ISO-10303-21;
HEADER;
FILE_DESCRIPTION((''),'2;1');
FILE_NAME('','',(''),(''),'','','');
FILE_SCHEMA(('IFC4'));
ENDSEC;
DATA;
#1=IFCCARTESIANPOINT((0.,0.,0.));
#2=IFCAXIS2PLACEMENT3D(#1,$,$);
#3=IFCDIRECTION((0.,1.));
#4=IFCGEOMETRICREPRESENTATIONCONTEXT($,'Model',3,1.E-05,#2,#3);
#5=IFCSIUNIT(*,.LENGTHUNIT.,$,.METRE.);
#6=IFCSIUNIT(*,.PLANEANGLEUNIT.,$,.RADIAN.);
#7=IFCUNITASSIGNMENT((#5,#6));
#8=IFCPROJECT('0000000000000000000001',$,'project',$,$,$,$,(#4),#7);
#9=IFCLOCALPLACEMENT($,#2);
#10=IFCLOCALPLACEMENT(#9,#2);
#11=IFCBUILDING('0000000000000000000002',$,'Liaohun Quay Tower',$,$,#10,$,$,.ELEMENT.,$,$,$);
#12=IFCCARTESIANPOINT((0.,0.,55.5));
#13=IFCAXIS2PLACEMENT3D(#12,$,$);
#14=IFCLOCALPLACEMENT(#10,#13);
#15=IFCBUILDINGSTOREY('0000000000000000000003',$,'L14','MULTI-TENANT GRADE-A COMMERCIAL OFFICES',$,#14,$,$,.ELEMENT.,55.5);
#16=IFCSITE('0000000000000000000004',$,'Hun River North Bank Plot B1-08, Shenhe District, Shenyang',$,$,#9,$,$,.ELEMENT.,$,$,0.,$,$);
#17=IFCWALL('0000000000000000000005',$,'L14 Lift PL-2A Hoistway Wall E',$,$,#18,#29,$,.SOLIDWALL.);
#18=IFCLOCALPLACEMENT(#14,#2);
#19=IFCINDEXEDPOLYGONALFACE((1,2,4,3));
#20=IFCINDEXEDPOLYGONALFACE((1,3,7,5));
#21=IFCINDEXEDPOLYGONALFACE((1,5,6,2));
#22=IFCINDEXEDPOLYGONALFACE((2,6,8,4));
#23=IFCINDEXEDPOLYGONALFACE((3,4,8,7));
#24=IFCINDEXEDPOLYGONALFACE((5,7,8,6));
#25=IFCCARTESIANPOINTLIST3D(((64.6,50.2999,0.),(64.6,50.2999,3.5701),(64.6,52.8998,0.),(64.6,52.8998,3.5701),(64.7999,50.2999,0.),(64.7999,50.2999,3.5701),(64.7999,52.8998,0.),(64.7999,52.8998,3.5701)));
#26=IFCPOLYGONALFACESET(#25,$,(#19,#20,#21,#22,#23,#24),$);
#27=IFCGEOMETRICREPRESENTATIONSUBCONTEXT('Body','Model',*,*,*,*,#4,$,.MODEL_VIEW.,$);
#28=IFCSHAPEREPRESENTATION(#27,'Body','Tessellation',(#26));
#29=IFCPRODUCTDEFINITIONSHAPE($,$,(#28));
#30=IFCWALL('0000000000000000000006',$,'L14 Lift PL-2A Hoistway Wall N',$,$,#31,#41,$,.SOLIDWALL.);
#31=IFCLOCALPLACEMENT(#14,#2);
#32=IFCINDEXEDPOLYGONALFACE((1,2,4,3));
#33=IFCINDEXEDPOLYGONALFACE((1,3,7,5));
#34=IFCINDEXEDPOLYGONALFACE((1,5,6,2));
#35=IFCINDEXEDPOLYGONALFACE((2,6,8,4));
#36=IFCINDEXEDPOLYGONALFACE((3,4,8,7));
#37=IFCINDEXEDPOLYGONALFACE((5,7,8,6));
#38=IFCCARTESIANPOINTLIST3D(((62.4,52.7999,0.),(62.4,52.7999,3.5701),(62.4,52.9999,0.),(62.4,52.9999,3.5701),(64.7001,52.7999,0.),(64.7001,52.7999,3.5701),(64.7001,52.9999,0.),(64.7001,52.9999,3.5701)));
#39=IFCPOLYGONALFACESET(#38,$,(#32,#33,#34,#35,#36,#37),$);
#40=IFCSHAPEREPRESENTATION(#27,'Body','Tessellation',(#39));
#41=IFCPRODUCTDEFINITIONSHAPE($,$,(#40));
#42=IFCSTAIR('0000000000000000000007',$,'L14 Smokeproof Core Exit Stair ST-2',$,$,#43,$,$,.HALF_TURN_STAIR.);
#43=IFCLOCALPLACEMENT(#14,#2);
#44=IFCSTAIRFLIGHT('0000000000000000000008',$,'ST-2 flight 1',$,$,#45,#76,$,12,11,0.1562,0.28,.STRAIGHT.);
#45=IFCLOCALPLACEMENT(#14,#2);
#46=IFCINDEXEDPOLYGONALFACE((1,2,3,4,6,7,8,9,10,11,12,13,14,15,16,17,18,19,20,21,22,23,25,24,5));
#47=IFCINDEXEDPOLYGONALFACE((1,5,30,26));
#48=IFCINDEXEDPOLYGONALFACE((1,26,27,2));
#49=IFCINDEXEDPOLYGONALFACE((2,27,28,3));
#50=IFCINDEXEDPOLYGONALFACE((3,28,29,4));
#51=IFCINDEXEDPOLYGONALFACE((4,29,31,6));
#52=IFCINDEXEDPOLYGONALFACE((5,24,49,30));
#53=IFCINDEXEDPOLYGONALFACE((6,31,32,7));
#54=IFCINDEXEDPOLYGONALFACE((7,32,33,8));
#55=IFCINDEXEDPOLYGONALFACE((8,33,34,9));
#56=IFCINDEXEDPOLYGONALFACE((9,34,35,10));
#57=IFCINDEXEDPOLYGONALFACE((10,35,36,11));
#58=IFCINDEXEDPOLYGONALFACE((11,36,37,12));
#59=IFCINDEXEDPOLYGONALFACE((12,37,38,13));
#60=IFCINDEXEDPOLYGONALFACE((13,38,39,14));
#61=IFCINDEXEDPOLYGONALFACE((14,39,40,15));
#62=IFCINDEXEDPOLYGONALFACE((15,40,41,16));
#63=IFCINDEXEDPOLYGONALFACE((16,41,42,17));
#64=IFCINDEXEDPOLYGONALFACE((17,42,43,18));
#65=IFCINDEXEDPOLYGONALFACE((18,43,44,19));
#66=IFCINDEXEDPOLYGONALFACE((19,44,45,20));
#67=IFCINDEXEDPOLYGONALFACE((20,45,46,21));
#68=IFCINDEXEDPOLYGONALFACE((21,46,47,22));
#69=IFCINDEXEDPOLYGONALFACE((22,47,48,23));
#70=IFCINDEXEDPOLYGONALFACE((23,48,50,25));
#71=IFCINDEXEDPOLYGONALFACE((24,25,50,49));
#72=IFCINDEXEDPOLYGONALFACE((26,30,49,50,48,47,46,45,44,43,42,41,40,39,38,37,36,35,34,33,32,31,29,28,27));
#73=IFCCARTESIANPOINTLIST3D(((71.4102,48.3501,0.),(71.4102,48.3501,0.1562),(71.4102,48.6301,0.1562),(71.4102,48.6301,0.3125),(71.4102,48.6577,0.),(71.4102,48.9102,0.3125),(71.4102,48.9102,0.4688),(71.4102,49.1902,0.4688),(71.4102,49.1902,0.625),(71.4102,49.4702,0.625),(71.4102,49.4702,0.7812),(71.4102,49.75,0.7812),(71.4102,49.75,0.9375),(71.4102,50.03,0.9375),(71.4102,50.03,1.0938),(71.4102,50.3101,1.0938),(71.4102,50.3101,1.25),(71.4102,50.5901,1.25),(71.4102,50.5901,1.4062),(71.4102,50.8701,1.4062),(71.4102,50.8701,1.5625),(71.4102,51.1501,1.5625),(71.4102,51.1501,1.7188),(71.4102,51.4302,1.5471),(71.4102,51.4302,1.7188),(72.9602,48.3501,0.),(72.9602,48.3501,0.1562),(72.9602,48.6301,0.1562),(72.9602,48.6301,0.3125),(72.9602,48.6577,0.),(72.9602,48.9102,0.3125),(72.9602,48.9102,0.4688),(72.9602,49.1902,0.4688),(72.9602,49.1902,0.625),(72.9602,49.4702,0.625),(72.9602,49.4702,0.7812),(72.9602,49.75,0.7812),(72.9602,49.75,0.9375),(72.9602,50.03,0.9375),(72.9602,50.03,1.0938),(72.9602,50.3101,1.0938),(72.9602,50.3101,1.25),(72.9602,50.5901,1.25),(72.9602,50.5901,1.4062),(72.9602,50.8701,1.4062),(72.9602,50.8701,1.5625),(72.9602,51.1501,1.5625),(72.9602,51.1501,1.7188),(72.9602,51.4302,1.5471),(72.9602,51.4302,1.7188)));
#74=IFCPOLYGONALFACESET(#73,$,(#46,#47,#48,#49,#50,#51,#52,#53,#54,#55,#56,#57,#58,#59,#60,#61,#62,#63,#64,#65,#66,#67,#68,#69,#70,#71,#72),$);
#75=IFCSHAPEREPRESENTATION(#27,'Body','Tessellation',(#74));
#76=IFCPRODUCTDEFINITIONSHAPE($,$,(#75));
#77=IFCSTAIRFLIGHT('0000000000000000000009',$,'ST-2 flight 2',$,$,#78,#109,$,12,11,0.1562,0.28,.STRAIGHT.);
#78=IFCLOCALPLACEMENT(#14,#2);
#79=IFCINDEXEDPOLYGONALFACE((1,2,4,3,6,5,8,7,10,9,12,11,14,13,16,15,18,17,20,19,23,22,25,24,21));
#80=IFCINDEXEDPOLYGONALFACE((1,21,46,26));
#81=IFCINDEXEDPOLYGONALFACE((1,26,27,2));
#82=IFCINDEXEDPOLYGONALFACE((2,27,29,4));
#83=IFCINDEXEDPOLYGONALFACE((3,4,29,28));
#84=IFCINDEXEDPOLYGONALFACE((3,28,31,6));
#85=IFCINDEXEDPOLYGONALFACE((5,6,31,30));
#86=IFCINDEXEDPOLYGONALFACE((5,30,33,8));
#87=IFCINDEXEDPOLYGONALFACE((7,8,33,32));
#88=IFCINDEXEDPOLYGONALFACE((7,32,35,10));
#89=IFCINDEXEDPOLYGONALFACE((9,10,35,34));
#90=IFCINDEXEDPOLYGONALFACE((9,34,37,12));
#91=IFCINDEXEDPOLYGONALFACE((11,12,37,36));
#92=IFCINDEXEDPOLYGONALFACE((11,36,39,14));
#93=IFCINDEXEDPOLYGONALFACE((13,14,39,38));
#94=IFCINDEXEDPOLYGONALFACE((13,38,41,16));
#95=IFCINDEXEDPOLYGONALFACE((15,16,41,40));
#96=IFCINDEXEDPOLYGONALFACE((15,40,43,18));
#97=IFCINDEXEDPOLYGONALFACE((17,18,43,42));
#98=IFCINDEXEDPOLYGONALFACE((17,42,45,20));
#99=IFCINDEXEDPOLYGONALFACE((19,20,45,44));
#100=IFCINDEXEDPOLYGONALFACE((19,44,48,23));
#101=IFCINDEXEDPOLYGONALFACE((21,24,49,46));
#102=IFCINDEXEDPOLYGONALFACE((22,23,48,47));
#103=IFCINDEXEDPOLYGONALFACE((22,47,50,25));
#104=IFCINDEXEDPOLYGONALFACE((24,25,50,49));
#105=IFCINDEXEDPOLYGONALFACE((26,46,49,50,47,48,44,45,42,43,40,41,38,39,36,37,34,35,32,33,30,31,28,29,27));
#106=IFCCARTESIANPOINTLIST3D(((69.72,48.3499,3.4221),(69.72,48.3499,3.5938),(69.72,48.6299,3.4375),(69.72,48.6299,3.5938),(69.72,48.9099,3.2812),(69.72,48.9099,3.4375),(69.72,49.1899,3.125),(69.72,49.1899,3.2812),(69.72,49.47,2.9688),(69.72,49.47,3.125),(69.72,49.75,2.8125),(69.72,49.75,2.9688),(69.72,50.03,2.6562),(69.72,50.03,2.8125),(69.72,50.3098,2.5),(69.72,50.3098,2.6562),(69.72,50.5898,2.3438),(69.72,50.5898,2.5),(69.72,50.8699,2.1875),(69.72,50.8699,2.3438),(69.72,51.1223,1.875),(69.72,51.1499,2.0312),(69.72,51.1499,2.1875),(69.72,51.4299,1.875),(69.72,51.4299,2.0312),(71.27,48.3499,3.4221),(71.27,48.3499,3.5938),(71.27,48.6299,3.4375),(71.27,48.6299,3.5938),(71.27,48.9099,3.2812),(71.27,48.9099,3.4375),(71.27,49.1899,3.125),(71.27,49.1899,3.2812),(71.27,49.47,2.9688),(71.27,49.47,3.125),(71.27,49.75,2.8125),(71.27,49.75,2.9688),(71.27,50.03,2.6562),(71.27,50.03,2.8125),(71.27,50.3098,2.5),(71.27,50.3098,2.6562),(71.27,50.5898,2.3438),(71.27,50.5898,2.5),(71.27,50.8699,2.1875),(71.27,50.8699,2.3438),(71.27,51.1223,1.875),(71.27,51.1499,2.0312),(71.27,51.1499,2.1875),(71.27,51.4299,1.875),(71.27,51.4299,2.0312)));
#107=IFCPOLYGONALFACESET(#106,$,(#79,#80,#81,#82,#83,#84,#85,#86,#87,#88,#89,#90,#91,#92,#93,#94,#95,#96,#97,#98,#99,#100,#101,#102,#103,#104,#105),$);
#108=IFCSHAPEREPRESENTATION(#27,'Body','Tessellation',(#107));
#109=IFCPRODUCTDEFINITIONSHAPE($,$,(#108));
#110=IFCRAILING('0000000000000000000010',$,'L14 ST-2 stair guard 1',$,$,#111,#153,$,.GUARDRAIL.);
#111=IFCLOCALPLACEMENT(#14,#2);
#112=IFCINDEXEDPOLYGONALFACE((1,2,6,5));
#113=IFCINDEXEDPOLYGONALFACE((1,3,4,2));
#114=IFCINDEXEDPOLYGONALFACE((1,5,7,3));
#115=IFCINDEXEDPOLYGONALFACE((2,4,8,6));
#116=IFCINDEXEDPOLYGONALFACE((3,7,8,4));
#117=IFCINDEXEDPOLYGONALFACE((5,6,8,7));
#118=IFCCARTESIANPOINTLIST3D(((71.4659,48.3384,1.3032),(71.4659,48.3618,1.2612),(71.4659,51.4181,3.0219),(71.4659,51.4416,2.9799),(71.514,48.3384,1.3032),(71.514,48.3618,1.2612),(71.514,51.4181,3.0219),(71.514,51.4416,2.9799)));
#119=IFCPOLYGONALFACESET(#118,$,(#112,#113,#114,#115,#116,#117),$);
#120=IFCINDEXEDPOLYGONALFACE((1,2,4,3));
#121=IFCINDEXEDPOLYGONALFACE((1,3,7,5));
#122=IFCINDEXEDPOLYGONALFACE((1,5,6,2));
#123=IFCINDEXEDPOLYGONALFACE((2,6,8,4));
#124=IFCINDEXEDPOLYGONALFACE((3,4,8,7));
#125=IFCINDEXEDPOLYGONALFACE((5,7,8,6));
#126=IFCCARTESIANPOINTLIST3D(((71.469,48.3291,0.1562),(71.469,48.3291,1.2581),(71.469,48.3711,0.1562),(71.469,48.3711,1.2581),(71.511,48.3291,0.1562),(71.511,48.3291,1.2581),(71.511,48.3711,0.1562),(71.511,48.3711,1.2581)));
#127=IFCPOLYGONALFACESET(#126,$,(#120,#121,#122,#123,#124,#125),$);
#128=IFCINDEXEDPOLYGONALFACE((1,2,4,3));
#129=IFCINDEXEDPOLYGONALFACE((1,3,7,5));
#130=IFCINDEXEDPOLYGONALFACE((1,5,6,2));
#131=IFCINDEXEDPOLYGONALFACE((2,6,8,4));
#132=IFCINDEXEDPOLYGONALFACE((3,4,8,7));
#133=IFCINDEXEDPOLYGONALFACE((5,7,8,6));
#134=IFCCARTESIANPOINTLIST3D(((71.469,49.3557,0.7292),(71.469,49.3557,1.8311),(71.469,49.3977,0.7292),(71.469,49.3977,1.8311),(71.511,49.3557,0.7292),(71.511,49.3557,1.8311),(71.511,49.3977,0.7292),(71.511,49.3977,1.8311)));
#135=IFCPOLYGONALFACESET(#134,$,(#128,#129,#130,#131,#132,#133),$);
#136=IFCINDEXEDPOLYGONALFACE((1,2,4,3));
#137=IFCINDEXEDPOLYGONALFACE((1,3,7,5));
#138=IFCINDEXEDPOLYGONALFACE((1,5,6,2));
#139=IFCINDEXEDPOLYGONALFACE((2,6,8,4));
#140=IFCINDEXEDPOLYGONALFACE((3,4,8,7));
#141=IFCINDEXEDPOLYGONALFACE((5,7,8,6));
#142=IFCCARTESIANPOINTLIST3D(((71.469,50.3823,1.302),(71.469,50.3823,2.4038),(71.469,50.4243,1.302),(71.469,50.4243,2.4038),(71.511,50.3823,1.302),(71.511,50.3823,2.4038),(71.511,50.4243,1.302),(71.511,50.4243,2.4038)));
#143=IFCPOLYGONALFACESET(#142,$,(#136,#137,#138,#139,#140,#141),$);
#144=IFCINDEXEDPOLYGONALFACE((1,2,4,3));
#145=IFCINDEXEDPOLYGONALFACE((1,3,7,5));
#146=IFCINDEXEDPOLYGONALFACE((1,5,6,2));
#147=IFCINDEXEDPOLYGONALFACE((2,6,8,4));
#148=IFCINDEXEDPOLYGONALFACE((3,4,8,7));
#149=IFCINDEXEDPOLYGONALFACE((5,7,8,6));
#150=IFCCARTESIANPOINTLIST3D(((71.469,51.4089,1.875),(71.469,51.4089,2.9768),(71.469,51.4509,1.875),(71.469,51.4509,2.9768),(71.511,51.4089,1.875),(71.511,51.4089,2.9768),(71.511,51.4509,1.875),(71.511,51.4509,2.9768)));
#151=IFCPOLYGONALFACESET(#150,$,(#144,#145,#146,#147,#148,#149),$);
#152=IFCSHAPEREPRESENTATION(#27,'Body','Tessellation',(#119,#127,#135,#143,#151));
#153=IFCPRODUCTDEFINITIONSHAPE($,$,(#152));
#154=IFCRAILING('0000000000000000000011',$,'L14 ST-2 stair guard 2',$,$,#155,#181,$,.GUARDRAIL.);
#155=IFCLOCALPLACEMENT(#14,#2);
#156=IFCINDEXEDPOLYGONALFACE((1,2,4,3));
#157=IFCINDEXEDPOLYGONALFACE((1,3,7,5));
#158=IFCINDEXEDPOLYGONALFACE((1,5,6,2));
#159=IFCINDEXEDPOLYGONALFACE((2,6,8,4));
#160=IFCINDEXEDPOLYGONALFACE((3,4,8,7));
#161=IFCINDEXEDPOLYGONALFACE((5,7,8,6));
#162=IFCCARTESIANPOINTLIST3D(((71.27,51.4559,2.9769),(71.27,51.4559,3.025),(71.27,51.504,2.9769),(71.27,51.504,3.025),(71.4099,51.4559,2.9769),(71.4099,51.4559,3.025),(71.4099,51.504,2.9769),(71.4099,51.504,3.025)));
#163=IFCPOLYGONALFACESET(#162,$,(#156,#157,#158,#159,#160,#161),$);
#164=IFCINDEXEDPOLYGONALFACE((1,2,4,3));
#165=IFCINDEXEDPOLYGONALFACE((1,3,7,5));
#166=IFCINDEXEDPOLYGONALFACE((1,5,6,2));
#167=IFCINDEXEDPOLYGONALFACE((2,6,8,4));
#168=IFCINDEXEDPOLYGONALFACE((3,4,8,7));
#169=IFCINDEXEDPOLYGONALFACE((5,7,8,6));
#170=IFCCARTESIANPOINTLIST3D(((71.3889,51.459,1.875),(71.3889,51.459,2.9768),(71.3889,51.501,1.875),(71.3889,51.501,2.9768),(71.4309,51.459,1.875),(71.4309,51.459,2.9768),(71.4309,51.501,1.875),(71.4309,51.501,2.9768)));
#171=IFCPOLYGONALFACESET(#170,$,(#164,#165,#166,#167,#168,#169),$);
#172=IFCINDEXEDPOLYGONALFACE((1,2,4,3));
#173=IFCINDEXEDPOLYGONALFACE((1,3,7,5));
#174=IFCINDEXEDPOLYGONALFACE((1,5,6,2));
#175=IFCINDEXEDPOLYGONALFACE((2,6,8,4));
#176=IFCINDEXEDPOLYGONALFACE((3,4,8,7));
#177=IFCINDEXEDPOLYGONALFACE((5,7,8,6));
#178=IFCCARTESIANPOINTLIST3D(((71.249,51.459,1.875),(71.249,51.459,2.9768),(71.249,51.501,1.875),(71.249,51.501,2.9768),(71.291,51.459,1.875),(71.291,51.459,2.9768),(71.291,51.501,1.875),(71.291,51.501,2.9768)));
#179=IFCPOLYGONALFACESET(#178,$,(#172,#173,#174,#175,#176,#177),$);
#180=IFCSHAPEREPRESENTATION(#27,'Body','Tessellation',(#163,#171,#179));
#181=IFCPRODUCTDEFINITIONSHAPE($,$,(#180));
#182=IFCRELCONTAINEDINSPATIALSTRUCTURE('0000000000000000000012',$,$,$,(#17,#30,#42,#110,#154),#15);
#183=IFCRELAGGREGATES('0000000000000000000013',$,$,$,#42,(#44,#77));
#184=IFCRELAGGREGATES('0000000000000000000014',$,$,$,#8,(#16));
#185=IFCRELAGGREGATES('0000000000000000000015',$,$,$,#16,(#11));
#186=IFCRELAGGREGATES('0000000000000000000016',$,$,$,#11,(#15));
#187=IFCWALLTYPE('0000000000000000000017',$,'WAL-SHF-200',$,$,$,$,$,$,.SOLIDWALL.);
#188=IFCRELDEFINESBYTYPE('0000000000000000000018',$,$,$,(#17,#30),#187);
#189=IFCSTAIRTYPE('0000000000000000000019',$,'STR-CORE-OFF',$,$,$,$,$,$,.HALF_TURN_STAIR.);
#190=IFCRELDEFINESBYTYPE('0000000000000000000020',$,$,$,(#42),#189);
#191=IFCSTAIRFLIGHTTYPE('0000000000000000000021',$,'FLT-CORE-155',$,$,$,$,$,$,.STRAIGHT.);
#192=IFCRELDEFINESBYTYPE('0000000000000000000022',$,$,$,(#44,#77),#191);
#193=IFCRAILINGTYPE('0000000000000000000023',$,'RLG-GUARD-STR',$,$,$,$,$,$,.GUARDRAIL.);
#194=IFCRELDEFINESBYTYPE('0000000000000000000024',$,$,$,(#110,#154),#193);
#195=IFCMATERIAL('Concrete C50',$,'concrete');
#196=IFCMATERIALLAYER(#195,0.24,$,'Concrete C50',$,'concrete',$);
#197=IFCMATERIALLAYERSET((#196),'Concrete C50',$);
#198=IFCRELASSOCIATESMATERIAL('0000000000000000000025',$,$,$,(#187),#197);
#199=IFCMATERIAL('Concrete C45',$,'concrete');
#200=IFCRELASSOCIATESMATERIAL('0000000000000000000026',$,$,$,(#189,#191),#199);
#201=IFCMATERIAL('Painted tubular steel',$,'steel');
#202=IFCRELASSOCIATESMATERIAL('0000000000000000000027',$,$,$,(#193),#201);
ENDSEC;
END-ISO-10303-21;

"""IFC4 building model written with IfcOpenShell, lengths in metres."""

from ifc_helpers import new_model, si_unit, direction, frame, frame_2d, origin, origin_2d, place, context, subcontext, project, spatial, polyline, rectangle, outline, extrude, material, layer, layer_set, type_object, element, aggregate, save


model = new_model("IFC4")

# Units and contexts
model_context = context("Model", 3, precision=1e-05, world=origin(), true_north=direction((0.0, 1.0)))
body_context = subcontext(model_context, "Body", "Model", "MODEL_VIEW")
ifc_project = project(units=[si_unit("LENGTHUNIT", "METRE"), si_unit("PLANEANGLEUNIT", "RADIAN")], contexts=[model_context])

# Site, building, storey
site_placement = place(None, origin())
site = spatial("IfcSite", under=ifc_project, at=site_placement, Name="Hun River North Bank Plot B1-08, Shenhe District, Shenyang", CompositionType="ELEMENT", RefElevation=0.0)
building_placement = place(site_placement, origin())
building = spatial("IfcBuilding", under=site, at=building_placement, Name="Liaohun Quay Tower", CompositionType="ELEMENT")
storey_placement = place(building_placement, frame((0.0, 0.0, 55.5)))
storey = spatial("IfcBuildingStorey", under=building, at=storey_placement, Name="L14", Description="MULTI-TENANT GRADE-A COMMERCIAL OFFICES", CompositionType="ELEMENT", Elevation=55.5)

# Shared definitions
ifc_material_1 = material(Name="Concrete C50", Category="concrete")
ifc_layer_1 = layer(ifc_material_1, 0.24, Name="Concrete C50", Category="concrete")
ifc_layer_set_1 = layer_set([ifc_layer_1], Name="Concrete C50")
wall_type_1 = type_object("IfcWallType", Name="WAL-SHF-200", PredefinedType="SOLIDWALL", material=ifc_layer_set_1)

# Walls
wall_1_placement = place(storey_placement, frame((64.7, 50.3, 0.0), z_axis=(0.0, 0.0, 1.0), x_axis=(0.0, 1.0, 0.0)))
element("IfcWall", 1, at=wall_1_placement, inside=storey, type_object=wall_type_1, Name="L14 Lift PL-2A Hoistway Wall E", PredefinedType="SOLIDWALL", context=body_context, shape_type="SweptSolid", body=[
    extrude(rectangle(XDim=2.5999, YDim=0.2, at=frame_2d((1.2998, 0.0))), origin(), (0.0, 0.0, 1.0), 3.5701),
])
wall_2_placement = place(storey_placement, frame((64.7, 52.8999, 0.0), z_axis=(0.0, 0.0, 1.0), x_axis=(-1.0, 0.0, 0.0)))
element("IfcWall", 2, at=wall_2_placement, inside=storey, type_object=wall_type_1, Name="L14 Lift PL-2A Hoistway Wall N", PredefinedType="SOLIDWALL", context=body_context, shape_type="SweptSolid", body=[
    extrude(rectangle(XDim=2.3, YDim=0.2, at=frame_2d((1.1499, 0.0))), origin(), (0.0, 0.0, 1.0), 3.5701),
])

# Stair, stair flights
ifc_material_2 = material(Name="Concrete C45", Category="concrete")
stair_type = type_object("IfcStairType", Name="STR-CORE-OFF", PredefinedType="HALF_TURN_STAIR", material=ifc_material_2)
stair_placement = place(storey_placement, origin())
stair = element("IfcStair", 3, at=stair_placement, inside=storey, type_object=stair_type, Name="L14 Smokeproof Core Exit Stair ST-2", PredefinedType="HALF_TURN_STAIR")
stair_flight_type = type_object("IfcStairFlightType", Name="FLT-CORE-155", PredefinedType="STRAIGHT", material=ifc_material_2)
stair_flight_1_placement = place(storey_placement, frame((72.1851, 48.3501, 0.0), z_axis=(0.0, 0.0, 1.0), x_axis=(0.0, 1.0, 0.0)))
stair_flight_1 = element("IfcStairFlight", 4, at=stair_flight_1_placement, type_object=stair_flight_type, Name="ST-2 flight 1", NumberOfRisers=12, NumberOfTreads=11, PredefinedType="STRAIGHT", RiserHeight=0.1562, TreadLength=0.28, context=body_context, shape_type="SweptSolid", body=[
    extrude(outline(polyline([(0.0, 0.0), (0.0, 0.1562), (0.28, 0.1562), (0.28, 0.3125), (0.5601, 0.3125), (0.5601, 0.4688), (0.8401, 0.4688), (0.8401, 0.625), (1.1201, 0.625), (1.1201, 0.7812), (1.3999, 0.7812), (1.3999, 0.9375), (1.6799, 0.9375), (1.6799, 1.0938), (1.96, 1.0938), (1.96, 1.25), (2.24, 1.25), (2.24, 1.4062), (2.52, 1.4062), (2.52, 1.5625), (2.8, 1.5625), (2.8, 1.7188), (3.0801, 1.7188), (3.0801, 1.875), (3.0801, 1.5471), (0.3076, 0.0), (0.0, 0.0)])), frame((0.0, 0.7749, 0.0), z_axis=(0.0, -1.0, 0.0), x_axis=(1.0, 0.0, 0.0)), (0.0, 0.0, 1.0), 1.55),
])
stair_flight_2_placement = place(storey_placement, frame((70.4951, 51.4299, 1.875), z_axis=(0.0, 0.0, 1.0), x_axis=(0.0, -1.0, 0.0)))
stair_flight_2 = element("IfcStairFlight", 5, at=stair_flight_2_placement, type_object=stair_flight_type, Name="ST-2 flight 2", NumberOfRisers=12, NumberOfTreads=11, PredefinedType="STRAIGHT", RiserHeight=0.1562, TreadLength=0.28, context=body_context, shape_type="SweptSolid", body=[
    extrude(outline(polyline([(0.0, 0.0), (0.0, 0.1562), (0.28, 0.1562), (0.28, 0.3125), (0.5601, 0.3125), (0.5601, 0.4688), (0.8401, 0.4688), (0.8401, 0.625), (1.1201, 0.625), (1.1201, 0.7812), (1.3999, 0.7812), (1.3999, 0.9375), (1.6799, 0.9375), (1.6799, 1.0938), (1.96, 1.0938), (1.96, 1.25), (2.24, 1.25), (2.24, 1.4062), (2.52, 1.4062), (2.52, 1.5625), (2.8, 1.5625), (2.8, 1.7188), (3.0801, 1.7188), (3.0801, 1.875), (3.0801, 1.5471), (0.3076, 0.0), (0.0, 0.0)])), frame((0.0, 0.7749, 0.0), z_axis=(0.0, -1.0, 0.0), x_axis=(1.0, 0.0, 0.0)), (0.0, 0.0, 1.0), 1.55),
])
aggregate(stair, [stair_flight_1, stair_flight_2])

# Railings
ifc_material_3 = material(Name="Painted tubular steel", Category="steel")
railing_type_1 = type_object("IfcRailingType", Name="RLG-GUARD-STR", PredefinedType="GUARDRAIL", material=ifc_material_3)
railing_1_placement = place(storey_placement, frame((71.49, 48.3501, 0.1562)))
element("IfcRailing", 6, at=railing_1_placement, inside=storey, type_object=railing_type_1, Name="L14 ST-2 stair guard 1", PredefinedType="GUARDRAIL", context=body_context, shape_type="SweptSolid", body=[
    extrude(rectangle(XDim=0.0481, YDim=0.0481, at=origin_2d()), frame((0.0, 0.0, 1.126), z_axis=(0.0, 0.873225, 0.487317), x_axis=(-1.0, 0.0, 0.0)), (0.0, 0.0, 1.0), 3.5269),
    extrude(rectangle(XDim=0.042, YDim=0.042, at=origin_2d()), origin(), (0.0, 0.0, 1.0), 1.1018),
    extrude(rectangle(XDim=0.042, YDim=0.042, at=origin_2d()), frame((0.0, 1.0266, 0.573)), (0.0, 0.0, 1.0), 1.1018),
    extrude(rectangle(XDim=0.042, YDim=0.042, at=origin_2d()), frame((0.0, 2.0532, 1.1458)), (0.0, 0.0, 1.0), 1.1018),
    extrude(rectangle(XDim=0.042, YDim=0.042, at=origin_2d()), frame((0.0, 3.0798, 1.7188)), (0.0, 0.0, 1.0), 1.1018),
])
railing_2_placement = place(storey_placement, frame((71.4099, 51.48, 1.875)))
element("IfcRailing", 7, at=railing_2_placement, inside=storey, type_object=railing_type_1, Name="L14 ST-2 stair guard 2", PredefinedType="GUARDRAIL", context=body_context, shape_type="SweptSolid", body=[
    extrude(rectangle(XDim=0.0481, YDim=0.0481, at=origin_2d()), frame((0.0, 0.0, 1.126), z_axis=(-1.0, 0.0, 0.0), x_axis=(0.0, -1.0, 0.0)), (0.0, 0.0, 1.0), 0.1399),
    extrude(rectangle(XDim=0.042, YDim=0.042, at=origin_2d()), origin(), (0.0, 0.0, 1.0), 1.1018),
    extrude(rectangle(XDim=0.042, YDim=0.042, at=origin_2d()), frame((-0.1399, 0.0, 0.0)), (0.0, 0.0, 1.0), 1.1018),
])

save(model, "model.ifc")
